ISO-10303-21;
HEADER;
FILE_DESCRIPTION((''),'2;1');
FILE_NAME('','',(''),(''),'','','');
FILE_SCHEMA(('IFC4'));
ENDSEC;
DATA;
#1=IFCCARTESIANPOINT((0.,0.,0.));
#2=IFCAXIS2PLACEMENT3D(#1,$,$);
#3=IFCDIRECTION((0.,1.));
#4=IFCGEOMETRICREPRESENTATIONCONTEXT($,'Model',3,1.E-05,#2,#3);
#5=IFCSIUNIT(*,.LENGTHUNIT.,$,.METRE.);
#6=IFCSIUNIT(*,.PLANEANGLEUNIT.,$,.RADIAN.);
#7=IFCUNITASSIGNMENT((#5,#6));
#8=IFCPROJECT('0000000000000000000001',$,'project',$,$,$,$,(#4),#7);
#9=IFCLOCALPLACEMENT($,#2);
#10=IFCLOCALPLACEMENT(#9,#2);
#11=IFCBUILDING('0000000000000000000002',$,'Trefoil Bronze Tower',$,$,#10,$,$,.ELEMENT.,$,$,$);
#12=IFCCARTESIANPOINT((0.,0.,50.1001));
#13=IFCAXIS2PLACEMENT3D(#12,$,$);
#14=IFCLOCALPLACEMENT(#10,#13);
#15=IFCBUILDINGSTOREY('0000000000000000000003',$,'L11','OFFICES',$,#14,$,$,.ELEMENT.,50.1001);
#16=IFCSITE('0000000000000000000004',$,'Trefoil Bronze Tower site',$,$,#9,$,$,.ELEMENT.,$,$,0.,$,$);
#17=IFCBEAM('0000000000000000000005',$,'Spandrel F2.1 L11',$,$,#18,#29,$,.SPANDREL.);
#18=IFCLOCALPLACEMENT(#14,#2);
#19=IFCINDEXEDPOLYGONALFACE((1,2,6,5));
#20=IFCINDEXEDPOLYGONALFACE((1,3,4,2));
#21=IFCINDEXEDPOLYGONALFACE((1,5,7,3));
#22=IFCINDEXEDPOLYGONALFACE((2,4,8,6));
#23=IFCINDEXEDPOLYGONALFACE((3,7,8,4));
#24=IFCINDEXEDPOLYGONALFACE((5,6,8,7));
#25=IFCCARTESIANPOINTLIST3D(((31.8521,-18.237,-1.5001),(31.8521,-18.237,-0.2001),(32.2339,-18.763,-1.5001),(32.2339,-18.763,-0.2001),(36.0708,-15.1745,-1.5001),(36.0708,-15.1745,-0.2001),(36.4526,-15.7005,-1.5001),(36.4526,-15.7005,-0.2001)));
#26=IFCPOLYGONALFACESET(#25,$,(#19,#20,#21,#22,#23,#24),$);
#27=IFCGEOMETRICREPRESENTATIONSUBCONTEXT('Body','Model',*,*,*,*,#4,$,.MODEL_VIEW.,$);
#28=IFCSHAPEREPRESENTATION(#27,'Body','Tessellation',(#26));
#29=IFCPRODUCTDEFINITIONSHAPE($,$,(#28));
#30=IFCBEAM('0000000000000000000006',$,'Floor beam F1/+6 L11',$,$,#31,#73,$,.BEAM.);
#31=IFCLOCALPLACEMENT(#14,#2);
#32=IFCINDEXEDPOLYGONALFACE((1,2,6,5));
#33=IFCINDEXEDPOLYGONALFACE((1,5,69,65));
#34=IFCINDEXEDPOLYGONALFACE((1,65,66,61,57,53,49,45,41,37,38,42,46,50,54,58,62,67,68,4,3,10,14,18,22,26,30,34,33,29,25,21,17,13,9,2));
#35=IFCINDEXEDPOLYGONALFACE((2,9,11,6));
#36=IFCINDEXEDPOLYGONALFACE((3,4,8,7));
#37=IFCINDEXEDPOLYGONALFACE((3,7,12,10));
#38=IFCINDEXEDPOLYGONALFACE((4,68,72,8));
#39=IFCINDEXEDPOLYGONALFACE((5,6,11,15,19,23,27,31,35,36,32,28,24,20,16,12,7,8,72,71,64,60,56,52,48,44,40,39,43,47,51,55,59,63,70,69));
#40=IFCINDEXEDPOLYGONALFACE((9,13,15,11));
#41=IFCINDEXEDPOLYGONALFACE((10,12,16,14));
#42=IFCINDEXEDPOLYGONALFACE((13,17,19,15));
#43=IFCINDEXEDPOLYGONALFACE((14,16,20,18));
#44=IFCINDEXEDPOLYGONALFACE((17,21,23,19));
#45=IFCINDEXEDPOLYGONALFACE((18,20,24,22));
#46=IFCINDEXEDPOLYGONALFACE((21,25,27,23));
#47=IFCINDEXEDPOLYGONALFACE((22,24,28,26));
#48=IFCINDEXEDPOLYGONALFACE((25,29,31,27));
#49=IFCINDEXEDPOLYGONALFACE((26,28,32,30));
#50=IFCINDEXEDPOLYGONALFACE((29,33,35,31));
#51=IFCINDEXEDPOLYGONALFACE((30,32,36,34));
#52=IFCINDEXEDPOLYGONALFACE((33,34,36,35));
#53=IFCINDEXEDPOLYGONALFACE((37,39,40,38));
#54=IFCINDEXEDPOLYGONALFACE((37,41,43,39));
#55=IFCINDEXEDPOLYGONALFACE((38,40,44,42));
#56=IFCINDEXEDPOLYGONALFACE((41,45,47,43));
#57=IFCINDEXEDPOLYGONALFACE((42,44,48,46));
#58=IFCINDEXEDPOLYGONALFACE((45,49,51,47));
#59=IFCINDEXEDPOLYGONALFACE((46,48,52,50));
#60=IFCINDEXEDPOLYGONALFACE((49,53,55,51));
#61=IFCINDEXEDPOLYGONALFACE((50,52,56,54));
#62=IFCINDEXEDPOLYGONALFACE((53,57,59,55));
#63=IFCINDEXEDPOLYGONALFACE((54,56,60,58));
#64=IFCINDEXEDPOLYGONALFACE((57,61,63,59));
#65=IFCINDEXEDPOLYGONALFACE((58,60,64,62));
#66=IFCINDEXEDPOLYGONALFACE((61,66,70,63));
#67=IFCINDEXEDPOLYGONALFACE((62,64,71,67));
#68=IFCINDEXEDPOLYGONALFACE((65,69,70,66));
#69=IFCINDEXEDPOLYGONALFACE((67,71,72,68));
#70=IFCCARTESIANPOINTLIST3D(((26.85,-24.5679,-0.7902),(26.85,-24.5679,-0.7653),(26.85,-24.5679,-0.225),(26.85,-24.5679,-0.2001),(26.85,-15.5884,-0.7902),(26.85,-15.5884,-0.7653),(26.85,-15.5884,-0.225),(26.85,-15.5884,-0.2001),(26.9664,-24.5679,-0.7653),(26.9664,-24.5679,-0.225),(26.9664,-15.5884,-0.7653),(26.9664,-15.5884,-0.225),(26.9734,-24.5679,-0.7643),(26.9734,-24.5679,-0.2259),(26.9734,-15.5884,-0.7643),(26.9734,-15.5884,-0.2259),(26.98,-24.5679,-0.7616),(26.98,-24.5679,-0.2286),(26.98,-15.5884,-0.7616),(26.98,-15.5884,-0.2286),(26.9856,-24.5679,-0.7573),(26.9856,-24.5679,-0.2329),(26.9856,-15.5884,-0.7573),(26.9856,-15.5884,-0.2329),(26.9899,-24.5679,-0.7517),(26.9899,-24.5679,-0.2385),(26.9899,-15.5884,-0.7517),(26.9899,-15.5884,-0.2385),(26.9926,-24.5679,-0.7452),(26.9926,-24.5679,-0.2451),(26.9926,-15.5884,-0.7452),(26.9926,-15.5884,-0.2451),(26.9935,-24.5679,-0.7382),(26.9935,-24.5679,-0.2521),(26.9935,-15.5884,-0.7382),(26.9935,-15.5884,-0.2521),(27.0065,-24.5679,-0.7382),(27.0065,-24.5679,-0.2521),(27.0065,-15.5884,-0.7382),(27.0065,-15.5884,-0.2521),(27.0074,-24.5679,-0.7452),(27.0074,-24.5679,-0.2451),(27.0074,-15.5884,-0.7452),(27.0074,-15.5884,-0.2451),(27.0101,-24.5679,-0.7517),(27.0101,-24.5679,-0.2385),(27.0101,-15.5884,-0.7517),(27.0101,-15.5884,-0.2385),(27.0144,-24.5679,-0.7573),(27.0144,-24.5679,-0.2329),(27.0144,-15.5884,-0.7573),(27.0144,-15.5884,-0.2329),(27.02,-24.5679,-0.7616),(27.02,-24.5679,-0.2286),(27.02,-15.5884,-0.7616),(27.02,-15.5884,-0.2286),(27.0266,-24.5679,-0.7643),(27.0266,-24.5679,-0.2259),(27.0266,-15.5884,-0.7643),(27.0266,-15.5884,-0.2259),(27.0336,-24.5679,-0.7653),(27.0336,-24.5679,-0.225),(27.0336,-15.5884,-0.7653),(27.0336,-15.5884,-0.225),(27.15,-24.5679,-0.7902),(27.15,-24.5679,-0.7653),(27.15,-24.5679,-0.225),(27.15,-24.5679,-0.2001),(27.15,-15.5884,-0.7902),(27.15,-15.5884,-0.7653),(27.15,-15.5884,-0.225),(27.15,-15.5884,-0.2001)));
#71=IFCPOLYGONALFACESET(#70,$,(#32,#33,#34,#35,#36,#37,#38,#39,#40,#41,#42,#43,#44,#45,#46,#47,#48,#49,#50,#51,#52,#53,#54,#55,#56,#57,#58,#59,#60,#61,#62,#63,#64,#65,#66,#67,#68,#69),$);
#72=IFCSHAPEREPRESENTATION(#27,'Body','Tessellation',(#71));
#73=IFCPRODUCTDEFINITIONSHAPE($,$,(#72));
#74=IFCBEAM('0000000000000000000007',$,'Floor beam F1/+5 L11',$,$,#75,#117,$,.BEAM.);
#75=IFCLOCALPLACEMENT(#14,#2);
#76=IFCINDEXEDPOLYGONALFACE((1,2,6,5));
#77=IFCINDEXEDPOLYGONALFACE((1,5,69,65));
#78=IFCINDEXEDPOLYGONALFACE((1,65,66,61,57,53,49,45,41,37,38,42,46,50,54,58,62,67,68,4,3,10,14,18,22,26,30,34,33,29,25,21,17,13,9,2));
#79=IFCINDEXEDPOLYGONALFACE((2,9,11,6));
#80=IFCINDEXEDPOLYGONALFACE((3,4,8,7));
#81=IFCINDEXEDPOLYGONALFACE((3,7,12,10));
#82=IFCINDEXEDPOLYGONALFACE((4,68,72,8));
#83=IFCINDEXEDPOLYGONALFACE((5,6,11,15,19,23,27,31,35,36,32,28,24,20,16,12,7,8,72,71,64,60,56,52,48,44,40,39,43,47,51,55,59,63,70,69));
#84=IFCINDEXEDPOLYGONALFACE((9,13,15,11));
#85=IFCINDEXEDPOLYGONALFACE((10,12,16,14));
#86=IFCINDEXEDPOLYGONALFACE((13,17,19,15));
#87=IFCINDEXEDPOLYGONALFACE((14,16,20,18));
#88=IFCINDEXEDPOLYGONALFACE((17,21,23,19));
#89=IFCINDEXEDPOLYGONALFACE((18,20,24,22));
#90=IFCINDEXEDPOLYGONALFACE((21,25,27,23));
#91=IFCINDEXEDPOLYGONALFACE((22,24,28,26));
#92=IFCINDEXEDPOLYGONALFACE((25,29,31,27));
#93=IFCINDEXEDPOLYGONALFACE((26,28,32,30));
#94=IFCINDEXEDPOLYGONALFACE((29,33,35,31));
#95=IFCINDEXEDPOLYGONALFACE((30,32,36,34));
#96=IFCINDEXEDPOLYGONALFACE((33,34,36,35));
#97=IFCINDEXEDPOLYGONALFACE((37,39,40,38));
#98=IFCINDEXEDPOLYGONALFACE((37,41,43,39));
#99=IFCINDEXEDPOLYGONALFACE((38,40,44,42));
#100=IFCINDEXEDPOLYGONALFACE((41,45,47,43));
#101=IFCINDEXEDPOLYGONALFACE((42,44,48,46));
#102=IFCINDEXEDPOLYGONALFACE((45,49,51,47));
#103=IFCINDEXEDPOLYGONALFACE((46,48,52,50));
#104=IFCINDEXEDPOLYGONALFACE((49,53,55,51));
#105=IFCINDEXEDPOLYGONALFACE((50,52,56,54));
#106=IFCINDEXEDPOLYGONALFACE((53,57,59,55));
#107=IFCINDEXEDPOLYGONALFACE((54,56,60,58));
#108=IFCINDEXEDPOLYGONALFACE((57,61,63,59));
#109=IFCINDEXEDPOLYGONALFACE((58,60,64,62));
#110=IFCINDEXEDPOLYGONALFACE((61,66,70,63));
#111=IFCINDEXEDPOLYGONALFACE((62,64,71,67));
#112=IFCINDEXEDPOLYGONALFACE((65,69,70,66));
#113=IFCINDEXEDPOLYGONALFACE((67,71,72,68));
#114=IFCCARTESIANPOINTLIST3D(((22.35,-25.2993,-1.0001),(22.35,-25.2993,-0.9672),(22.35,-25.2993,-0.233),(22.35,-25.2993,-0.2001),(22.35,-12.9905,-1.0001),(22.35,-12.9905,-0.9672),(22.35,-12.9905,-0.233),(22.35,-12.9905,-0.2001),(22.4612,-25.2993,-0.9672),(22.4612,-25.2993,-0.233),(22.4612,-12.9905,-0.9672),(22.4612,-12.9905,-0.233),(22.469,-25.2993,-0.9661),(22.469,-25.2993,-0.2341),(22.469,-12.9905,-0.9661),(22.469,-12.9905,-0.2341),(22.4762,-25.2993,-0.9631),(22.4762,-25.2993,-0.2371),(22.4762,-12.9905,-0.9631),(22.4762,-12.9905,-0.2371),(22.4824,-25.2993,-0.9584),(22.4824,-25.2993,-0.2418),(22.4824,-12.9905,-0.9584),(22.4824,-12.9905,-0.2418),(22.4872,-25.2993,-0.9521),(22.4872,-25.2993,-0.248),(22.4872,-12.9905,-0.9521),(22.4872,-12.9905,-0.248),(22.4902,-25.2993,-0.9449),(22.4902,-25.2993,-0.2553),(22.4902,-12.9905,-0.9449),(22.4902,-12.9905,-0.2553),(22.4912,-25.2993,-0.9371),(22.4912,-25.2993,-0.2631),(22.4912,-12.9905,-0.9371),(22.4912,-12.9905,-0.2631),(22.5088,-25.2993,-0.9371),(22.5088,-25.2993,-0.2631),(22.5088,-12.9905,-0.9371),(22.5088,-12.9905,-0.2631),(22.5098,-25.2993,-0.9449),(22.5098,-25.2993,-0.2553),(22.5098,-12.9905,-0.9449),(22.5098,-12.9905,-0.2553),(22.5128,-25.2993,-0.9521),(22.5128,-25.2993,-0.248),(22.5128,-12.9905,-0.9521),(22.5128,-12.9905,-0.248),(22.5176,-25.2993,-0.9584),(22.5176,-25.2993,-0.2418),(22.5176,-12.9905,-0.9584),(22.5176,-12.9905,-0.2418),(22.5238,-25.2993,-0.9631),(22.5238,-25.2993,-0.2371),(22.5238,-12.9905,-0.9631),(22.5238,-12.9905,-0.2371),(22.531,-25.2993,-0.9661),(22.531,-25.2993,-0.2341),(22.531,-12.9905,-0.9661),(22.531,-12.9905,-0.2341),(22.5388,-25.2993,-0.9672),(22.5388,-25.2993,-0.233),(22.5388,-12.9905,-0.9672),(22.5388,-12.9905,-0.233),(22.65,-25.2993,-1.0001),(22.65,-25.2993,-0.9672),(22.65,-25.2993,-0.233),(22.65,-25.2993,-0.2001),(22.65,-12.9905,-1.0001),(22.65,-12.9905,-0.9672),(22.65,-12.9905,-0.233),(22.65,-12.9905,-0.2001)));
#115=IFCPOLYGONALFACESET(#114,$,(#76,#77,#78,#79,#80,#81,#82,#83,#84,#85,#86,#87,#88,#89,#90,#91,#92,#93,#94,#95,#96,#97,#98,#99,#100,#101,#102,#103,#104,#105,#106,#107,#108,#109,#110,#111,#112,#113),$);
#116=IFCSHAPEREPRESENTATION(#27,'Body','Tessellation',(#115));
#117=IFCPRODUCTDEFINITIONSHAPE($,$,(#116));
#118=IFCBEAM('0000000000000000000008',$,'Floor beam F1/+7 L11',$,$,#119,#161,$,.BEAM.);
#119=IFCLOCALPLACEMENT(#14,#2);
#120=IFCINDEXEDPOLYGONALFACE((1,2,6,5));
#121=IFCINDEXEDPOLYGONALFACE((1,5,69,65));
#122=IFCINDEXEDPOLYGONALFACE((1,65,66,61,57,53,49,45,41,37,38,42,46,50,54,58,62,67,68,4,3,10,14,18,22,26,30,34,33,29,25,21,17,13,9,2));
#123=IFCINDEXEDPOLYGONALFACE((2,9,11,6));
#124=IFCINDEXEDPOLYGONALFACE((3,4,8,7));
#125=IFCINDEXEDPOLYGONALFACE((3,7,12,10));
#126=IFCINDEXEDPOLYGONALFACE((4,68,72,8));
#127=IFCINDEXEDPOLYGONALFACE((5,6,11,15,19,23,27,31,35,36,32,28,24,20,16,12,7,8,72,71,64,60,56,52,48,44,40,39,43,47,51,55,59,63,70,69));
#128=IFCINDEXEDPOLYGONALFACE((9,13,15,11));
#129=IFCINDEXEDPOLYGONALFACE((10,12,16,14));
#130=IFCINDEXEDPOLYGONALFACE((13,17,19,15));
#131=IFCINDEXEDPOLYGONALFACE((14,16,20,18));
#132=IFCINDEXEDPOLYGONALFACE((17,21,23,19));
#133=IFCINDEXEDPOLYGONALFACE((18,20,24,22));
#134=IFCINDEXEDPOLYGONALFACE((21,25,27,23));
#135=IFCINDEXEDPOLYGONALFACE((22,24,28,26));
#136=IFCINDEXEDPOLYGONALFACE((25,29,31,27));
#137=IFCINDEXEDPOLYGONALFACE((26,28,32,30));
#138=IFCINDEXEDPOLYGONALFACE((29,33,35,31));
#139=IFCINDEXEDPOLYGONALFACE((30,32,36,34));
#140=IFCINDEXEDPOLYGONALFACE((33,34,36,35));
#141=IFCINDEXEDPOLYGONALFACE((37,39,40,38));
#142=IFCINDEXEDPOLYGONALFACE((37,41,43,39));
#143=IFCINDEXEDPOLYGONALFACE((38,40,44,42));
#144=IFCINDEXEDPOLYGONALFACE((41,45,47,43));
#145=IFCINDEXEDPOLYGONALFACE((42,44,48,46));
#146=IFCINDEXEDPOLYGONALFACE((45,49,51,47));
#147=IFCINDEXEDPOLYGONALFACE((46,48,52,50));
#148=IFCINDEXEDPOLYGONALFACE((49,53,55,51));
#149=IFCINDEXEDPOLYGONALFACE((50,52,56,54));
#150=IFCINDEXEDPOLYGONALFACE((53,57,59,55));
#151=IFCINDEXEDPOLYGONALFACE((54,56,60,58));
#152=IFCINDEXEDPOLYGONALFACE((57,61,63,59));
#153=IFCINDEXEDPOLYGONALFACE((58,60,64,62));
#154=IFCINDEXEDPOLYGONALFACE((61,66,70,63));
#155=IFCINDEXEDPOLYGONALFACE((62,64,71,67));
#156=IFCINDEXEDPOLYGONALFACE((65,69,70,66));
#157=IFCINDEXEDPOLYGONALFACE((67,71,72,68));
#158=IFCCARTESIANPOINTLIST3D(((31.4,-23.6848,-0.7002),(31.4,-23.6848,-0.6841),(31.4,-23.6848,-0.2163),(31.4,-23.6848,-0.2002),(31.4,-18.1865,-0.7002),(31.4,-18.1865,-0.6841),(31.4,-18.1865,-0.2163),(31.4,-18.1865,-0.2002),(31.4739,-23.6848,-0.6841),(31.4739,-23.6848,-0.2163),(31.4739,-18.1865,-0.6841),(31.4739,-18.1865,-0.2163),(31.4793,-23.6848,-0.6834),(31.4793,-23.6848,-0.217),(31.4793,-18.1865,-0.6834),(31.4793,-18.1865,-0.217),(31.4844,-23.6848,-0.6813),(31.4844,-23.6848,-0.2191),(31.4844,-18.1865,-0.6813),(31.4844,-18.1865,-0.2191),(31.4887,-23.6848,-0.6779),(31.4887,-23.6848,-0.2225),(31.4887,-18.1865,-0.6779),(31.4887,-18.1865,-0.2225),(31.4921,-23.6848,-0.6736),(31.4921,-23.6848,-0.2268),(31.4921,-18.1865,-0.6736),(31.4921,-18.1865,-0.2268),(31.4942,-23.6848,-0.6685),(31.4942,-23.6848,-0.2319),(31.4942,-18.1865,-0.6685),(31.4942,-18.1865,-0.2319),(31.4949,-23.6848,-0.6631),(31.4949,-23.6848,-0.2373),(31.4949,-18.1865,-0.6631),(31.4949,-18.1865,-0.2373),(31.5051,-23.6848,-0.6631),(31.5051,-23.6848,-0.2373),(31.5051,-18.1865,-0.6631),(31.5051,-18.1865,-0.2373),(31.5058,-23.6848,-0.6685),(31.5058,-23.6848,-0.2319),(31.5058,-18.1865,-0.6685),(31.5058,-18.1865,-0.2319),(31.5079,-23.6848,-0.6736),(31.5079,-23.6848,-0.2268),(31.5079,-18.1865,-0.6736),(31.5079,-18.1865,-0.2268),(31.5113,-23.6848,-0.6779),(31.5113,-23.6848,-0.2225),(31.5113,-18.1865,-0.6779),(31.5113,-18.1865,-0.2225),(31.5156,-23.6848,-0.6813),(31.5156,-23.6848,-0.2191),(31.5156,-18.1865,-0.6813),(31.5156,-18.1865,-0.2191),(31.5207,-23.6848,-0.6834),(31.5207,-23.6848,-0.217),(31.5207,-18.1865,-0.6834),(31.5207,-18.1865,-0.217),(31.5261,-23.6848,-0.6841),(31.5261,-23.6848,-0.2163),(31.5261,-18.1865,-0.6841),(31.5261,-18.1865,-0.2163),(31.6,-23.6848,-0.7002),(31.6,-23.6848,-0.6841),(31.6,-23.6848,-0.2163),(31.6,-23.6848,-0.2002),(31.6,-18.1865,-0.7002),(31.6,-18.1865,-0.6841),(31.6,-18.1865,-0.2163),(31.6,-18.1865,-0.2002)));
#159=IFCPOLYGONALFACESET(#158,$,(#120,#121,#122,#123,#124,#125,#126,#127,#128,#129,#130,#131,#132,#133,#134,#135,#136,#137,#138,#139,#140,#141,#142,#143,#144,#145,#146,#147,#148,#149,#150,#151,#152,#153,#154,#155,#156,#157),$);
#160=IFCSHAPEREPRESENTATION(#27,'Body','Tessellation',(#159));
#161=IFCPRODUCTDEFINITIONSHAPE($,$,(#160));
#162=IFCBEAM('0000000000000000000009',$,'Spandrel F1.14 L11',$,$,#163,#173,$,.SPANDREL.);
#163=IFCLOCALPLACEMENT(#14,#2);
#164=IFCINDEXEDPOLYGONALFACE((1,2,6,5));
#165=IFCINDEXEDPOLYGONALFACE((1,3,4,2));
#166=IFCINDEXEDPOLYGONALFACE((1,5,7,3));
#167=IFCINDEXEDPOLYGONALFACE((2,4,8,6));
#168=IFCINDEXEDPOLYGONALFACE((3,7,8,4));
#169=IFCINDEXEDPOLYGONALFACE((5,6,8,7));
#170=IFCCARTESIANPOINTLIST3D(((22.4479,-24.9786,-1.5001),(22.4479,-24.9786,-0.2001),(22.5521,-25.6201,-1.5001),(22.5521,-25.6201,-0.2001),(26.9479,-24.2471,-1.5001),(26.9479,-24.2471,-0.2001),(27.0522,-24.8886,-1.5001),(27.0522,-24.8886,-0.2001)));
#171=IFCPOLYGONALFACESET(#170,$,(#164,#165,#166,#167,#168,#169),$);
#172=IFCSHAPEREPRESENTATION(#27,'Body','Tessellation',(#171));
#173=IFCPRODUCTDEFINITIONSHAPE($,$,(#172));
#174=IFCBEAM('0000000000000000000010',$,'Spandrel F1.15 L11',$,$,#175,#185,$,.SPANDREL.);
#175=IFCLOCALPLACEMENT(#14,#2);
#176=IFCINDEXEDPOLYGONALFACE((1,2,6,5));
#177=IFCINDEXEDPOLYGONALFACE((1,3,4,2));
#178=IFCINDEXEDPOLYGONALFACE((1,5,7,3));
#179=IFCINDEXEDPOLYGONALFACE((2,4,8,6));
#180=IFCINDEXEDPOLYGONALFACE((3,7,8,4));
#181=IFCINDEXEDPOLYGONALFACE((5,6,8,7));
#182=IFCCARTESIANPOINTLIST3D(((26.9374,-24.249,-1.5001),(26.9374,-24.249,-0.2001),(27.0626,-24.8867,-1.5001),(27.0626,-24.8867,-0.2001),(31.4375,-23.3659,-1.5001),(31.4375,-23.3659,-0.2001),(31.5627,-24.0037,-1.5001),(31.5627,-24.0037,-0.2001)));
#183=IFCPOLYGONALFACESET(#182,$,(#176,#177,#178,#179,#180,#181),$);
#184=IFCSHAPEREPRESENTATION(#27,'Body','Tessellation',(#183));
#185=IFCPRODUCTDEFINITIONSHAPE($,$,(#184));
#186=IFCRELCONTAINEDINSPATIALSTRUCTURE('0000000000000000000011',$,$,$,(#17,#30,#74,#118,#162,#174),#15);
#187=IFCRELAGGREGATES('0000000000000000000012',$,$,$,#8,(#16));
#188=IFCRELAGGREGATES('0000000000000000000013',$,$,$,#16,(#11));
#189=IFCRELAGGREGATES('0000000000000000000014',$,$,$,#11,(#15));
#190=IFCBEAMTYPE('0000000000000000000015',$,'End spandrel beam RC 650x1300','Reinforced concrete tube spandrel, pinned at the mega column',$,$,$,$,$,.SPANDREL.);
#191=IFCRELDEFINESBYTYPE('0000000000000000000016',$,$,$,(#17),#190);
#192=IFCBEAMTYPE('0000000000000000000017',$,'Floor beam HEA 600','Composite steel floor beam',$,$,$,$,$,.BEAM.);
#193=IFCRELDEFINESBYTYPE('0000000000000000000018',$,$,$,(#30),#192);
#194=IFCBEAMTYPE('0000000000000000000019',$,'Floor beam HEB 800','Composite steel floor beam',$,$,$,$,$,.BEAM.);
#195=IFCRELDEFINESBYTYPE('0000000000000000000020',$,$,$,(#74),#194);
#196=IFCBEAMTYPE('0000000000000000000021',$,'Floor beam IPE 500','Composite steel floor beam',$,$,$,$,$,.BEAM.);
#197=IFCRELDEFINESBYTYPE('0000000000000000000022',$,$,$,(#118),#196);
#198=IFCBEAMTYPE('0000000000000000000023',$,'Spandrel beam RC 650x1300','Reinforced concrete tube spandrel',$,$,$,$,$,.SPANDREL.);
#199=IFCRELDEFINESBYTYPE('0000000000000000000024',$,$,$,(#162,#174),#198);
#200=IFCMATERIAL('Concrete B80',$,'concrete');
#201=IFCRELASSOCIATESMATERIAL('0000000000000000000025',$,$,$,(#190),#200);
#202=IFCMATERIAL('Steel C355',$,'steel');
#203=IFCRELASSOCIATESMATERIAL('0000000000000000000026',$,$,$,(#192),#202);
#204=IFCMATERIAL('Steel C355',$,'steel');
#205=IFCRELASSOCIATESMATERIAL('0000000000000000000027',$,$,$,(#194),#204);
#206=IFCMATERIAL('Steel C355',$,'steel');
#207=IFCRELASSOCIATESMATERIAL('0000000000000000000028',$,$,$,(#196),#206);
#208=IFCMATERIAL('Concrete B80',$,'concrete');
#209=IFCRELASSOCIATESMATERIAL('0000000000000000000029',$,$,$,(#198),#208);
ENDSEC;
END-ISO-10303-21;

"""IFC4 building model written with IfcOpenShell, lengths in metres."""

from ifc_helpers import new_model, si_unit, direction, frame, origin, origin_2d, place, context, subcontext, project, spatial, rectangle, i_section, extrude, material, material_profile, profile_set, type_object, element, save


model = new_model("IFC4")

# Units and contexts
model_context = context("Model", 3, precision=1e-05, world=origin(), true_north=direction((0.0, 1.0)))
body_context = subcontext(model_context, "Body", "Model", "MODEL_VIEW")
ifc_project = project(units=[si_unit("LENGTHUNIT", "METRE"), si_unit("PLANEANGLEUNIT", "RADIAN")], contexts=[model_context])

# Site, building, storey
site_placement = place(None, origin())
site = spatial("IfcSite", under=ifc_project, at=site_placement, Name="Trefoil Bronze Tower site", CompositionType="ELEMENT", RefElevation=0.0)
building_placement = place(site_placement, origin())
building = spatial("IfcBuilding", under=site, at=building_placement, Name="Trefoil Bronze Tower", CompositionType="ELEMENT")
storey_placement = place(building_placement, frame((0.0, 0.0, 50.1001)))
storey = spatial("IfcBuildingStorey", under=building, at=storey_placement, Name="L11", Description="OFFICES", CompositionType="ELEMENT", Elevation=50.1001)

# Beams
ifc_material_1 = material(Name="Concrete B80", Category="concrete")
ifc_material_profile_1 = material_profile(ifc_material_1, rectangle(XDim=0.6499, YDim=1.3, at=origin_2d()), Name="RC 650x1300")
ifc_profile_set_1 = profile_set([ifc_material_profile_1], Name="Concrete B80")
beam_type_1 = type_object("IfcBeamType", Name="End spandrel beam RC 650x1300", Description="Reinforced concrete tube spandrel, pinned at the mega column", PredefinedType="SPANDREL", material=ifc_profile_set_1)
for number, where, z_axis, x_axis, name in (
    (1, (32.043, -18.5, -0.8501), (0.809254, 0.587459, 0.0), (-0.587459, 0.809254, 0.0), "Spandrel F2.1 L11"),
):
    element("IfcBeam", number, at=place(storey_placement, frame(where, z_axis=z_axis, x_axis=x_axis)), inside=storey, type_object=beam_type_1, Name=name, PredefinedType="SPANDREL", context=body_context, shape_type="SweptSolid", body=[
        extrude(rectangle(XDim=0.6499, YDim=1.3, at=origin_2d()), origin(), (0.0, 0.0, 1.0), 5.2131),
    ])
ifc_material_2 = material(Name="Steel C355", Category="steel")
ifc_material_profile_2 = material_profile(ifc_material_2, i_section(OverallWidth=0.3, OverallDepth=0.5901, WebThickness=0.0129, FlangeThickness=0.0249, FilletRadius=0.0271, at=origin_2d()), Name="HEA 600")
ifc_profile_set_2 = profile_set([ifc_material_profile_2], Name="Steel C355")
beam_type_2 = type_object("IfcBeamType", Name="Floor beam HEA 600", Description="Composite steel floor beam", PredefinedType="BEAM", material=ifc_profile_set_2)
beam_1_placement = place(storey_placement, frame((27.0, -24.5679, -0.4951), z_axis=(0.0, 1.0, 0.0), x_axis=(-1.0, 0.0, 0.0)))
element("IfcBeam", 2, at=beam_1_placement, inside=storey, type_object=beam_type_2, Name="Floor beam F1/+6 L11", PredefinedType="BEAM", context=body_context, shape_type="SweptSolid", body=[
    extrude(i_section(OverallWidth=0.3, OverallDepth=0.5901, WebThickness=0.0129, FlangeThickness=0.0249, FilletRadius=0.0271, at=origin_2d()), origin(), (0.0, 0.0, 1.0), 8.9795),
])
ifc_material_3 = material(Name="Steel C355", Category="steel")
ifc_material_profile_3 = material_profile(ifc_material_3, i_section(OverallWidth=0.3, OverallDepth=0.8, WebThickness=0.0176, FlangeThickness=0.033, FilletRadius=0.03, at=origin_2d()), Name="HEB 800")
ifc_profile_set_3 = profile_set([ifc_material_profile_3], Name="Steel C355")
beam_type_3 = type_object("IfcBeamType", Name="Floor beam HEB 800", Description="Composite steel floor beam", PredefinedType="BEAM", material=ifc_profile_set_3)
beam_2_placement = place(storey_placement, frame((22.5, -25.2993, -0.6001), z_axis=(0.0, 1.0, 0.0), x_axis=(-1.0, 0.0, 0.0)))
element("IfcBeam", 3, at=beam_2_placement, inside=storey, type_object=beam_type_3, Name="Floor beam F1/+5 L11", PredefinedType="BEAM", context=body_context, shape_type="SweptSolid", body=[
    extrude(i_section(OverallWidth=0.3, OverallDepth=0.8, WebThickness=0.0176, FlangeThickness=0.033, FilletRadius=0.03, at=origin_2d()), origin(), (0.0, 0.0, 1.0), 12.3088),
])
ifc_material_4 = material(Name="Steel C355", Category="steel")
ifc_material_profile_4 = material_profile(ifc_material_4, i_section(OverallWidth=0.2, OverallDepth=0.5, WebThickness=0.0103, FlangeThickness=0.0161, FilletRadius=0.021, at=origin_2d()), Name="IPE 500")
ifc_profile_set_4 = profile_set([ifc_material_profile_4], Name="Steel C355")
beam_type_4 = type_object("IfcBeamType", Name="Floor beam IPE 500", Description="Composite steel floor beam", PredefinedType="BEAM", material=ifc_profile_set_4)
beam_3_placement = place(storey_placement, frame((31.5, -23.6848, -0.4502), z_axis=(0.0, 1.0, 0.0), x_axis=(-1.0, 0.0, 0.0)))
element("IfcBeam", 4, at=beam_3_placement, inside=storey, type_object=beam_type_4, Name="Floor beam F1/+7 L11", PredefinedType="BEAM", context=body_context, shape_type="SweptSolid", body=[
    extrude(i_section(OverallWidth=0.2, OverallDepth=0.5, WebThickness=0.0103, FlangeThickness=0.0161, FilletRadius=0.021, at=origin_2d()), origin(), (0.0, 0.0, 1.0), 5.4983),
])
ifc_material_5 = material(Name="Concrete B80", Category="concrete")
ifc_material_profile_5 = material_profile(ifc_material_5, rectangle(XDim=0.6499, YDim=1.3, at=origin_2d()), Name="RC 650x1300")
ifc_profile_set_5 = profile_set([ifc_material_profile_5], Name="Concrete B80")
beam_type_5 = type_object("IfcBeamType", Name="Spandrel beam RC 650x1300", Description="Reinforced concrete tube spandrel", PredefinedType="SPANDREL", material=ifc_profile_set_5)
beam_4_placement = place(storey_placement, frame((22.5, -25.2993, -0.8501), z_axis=(0.987046, 0.160438, 0.0), x_axis=(-0.160438, 0.987046, 0.0)))
element("IfcBeam", 5, at=beam_4_placement, inside=storey, type_object=beam_type_5, Name="Spandrel F1.14 L11", PredefinedType="SPANDREL", context=body_context, shape_type="SweptSolid", body=[
    extrude(rectangle(XDim=0.6499, YDim=1.3, at=origin_2d()), origin(), (0.0, 0.0, 1.0), 4.5591),
])
beam_5_placement = place(storey_placement, frame((27.0, -24.5679, -0.8501), z_axis=(0.981285, 0.192562, 0.0), x_axis=(-0.192562, 0.981285, 0.0)))
element("IfcBeam", 6, at=beam_5_placement, inside=storey, type_object=beam_type_5, Name="Spandrel F1.15 L11", PredefinedType="SPANDREL", context=body_context, shape_type="SweptSolid", body=[
    extrude(rectangle(XDim=0.6499, YDim=1.3, at=origin_2d()), origin(), (0.0, 0.0, 1.0), 4.5859),
])

save(model, "model.ifc")
